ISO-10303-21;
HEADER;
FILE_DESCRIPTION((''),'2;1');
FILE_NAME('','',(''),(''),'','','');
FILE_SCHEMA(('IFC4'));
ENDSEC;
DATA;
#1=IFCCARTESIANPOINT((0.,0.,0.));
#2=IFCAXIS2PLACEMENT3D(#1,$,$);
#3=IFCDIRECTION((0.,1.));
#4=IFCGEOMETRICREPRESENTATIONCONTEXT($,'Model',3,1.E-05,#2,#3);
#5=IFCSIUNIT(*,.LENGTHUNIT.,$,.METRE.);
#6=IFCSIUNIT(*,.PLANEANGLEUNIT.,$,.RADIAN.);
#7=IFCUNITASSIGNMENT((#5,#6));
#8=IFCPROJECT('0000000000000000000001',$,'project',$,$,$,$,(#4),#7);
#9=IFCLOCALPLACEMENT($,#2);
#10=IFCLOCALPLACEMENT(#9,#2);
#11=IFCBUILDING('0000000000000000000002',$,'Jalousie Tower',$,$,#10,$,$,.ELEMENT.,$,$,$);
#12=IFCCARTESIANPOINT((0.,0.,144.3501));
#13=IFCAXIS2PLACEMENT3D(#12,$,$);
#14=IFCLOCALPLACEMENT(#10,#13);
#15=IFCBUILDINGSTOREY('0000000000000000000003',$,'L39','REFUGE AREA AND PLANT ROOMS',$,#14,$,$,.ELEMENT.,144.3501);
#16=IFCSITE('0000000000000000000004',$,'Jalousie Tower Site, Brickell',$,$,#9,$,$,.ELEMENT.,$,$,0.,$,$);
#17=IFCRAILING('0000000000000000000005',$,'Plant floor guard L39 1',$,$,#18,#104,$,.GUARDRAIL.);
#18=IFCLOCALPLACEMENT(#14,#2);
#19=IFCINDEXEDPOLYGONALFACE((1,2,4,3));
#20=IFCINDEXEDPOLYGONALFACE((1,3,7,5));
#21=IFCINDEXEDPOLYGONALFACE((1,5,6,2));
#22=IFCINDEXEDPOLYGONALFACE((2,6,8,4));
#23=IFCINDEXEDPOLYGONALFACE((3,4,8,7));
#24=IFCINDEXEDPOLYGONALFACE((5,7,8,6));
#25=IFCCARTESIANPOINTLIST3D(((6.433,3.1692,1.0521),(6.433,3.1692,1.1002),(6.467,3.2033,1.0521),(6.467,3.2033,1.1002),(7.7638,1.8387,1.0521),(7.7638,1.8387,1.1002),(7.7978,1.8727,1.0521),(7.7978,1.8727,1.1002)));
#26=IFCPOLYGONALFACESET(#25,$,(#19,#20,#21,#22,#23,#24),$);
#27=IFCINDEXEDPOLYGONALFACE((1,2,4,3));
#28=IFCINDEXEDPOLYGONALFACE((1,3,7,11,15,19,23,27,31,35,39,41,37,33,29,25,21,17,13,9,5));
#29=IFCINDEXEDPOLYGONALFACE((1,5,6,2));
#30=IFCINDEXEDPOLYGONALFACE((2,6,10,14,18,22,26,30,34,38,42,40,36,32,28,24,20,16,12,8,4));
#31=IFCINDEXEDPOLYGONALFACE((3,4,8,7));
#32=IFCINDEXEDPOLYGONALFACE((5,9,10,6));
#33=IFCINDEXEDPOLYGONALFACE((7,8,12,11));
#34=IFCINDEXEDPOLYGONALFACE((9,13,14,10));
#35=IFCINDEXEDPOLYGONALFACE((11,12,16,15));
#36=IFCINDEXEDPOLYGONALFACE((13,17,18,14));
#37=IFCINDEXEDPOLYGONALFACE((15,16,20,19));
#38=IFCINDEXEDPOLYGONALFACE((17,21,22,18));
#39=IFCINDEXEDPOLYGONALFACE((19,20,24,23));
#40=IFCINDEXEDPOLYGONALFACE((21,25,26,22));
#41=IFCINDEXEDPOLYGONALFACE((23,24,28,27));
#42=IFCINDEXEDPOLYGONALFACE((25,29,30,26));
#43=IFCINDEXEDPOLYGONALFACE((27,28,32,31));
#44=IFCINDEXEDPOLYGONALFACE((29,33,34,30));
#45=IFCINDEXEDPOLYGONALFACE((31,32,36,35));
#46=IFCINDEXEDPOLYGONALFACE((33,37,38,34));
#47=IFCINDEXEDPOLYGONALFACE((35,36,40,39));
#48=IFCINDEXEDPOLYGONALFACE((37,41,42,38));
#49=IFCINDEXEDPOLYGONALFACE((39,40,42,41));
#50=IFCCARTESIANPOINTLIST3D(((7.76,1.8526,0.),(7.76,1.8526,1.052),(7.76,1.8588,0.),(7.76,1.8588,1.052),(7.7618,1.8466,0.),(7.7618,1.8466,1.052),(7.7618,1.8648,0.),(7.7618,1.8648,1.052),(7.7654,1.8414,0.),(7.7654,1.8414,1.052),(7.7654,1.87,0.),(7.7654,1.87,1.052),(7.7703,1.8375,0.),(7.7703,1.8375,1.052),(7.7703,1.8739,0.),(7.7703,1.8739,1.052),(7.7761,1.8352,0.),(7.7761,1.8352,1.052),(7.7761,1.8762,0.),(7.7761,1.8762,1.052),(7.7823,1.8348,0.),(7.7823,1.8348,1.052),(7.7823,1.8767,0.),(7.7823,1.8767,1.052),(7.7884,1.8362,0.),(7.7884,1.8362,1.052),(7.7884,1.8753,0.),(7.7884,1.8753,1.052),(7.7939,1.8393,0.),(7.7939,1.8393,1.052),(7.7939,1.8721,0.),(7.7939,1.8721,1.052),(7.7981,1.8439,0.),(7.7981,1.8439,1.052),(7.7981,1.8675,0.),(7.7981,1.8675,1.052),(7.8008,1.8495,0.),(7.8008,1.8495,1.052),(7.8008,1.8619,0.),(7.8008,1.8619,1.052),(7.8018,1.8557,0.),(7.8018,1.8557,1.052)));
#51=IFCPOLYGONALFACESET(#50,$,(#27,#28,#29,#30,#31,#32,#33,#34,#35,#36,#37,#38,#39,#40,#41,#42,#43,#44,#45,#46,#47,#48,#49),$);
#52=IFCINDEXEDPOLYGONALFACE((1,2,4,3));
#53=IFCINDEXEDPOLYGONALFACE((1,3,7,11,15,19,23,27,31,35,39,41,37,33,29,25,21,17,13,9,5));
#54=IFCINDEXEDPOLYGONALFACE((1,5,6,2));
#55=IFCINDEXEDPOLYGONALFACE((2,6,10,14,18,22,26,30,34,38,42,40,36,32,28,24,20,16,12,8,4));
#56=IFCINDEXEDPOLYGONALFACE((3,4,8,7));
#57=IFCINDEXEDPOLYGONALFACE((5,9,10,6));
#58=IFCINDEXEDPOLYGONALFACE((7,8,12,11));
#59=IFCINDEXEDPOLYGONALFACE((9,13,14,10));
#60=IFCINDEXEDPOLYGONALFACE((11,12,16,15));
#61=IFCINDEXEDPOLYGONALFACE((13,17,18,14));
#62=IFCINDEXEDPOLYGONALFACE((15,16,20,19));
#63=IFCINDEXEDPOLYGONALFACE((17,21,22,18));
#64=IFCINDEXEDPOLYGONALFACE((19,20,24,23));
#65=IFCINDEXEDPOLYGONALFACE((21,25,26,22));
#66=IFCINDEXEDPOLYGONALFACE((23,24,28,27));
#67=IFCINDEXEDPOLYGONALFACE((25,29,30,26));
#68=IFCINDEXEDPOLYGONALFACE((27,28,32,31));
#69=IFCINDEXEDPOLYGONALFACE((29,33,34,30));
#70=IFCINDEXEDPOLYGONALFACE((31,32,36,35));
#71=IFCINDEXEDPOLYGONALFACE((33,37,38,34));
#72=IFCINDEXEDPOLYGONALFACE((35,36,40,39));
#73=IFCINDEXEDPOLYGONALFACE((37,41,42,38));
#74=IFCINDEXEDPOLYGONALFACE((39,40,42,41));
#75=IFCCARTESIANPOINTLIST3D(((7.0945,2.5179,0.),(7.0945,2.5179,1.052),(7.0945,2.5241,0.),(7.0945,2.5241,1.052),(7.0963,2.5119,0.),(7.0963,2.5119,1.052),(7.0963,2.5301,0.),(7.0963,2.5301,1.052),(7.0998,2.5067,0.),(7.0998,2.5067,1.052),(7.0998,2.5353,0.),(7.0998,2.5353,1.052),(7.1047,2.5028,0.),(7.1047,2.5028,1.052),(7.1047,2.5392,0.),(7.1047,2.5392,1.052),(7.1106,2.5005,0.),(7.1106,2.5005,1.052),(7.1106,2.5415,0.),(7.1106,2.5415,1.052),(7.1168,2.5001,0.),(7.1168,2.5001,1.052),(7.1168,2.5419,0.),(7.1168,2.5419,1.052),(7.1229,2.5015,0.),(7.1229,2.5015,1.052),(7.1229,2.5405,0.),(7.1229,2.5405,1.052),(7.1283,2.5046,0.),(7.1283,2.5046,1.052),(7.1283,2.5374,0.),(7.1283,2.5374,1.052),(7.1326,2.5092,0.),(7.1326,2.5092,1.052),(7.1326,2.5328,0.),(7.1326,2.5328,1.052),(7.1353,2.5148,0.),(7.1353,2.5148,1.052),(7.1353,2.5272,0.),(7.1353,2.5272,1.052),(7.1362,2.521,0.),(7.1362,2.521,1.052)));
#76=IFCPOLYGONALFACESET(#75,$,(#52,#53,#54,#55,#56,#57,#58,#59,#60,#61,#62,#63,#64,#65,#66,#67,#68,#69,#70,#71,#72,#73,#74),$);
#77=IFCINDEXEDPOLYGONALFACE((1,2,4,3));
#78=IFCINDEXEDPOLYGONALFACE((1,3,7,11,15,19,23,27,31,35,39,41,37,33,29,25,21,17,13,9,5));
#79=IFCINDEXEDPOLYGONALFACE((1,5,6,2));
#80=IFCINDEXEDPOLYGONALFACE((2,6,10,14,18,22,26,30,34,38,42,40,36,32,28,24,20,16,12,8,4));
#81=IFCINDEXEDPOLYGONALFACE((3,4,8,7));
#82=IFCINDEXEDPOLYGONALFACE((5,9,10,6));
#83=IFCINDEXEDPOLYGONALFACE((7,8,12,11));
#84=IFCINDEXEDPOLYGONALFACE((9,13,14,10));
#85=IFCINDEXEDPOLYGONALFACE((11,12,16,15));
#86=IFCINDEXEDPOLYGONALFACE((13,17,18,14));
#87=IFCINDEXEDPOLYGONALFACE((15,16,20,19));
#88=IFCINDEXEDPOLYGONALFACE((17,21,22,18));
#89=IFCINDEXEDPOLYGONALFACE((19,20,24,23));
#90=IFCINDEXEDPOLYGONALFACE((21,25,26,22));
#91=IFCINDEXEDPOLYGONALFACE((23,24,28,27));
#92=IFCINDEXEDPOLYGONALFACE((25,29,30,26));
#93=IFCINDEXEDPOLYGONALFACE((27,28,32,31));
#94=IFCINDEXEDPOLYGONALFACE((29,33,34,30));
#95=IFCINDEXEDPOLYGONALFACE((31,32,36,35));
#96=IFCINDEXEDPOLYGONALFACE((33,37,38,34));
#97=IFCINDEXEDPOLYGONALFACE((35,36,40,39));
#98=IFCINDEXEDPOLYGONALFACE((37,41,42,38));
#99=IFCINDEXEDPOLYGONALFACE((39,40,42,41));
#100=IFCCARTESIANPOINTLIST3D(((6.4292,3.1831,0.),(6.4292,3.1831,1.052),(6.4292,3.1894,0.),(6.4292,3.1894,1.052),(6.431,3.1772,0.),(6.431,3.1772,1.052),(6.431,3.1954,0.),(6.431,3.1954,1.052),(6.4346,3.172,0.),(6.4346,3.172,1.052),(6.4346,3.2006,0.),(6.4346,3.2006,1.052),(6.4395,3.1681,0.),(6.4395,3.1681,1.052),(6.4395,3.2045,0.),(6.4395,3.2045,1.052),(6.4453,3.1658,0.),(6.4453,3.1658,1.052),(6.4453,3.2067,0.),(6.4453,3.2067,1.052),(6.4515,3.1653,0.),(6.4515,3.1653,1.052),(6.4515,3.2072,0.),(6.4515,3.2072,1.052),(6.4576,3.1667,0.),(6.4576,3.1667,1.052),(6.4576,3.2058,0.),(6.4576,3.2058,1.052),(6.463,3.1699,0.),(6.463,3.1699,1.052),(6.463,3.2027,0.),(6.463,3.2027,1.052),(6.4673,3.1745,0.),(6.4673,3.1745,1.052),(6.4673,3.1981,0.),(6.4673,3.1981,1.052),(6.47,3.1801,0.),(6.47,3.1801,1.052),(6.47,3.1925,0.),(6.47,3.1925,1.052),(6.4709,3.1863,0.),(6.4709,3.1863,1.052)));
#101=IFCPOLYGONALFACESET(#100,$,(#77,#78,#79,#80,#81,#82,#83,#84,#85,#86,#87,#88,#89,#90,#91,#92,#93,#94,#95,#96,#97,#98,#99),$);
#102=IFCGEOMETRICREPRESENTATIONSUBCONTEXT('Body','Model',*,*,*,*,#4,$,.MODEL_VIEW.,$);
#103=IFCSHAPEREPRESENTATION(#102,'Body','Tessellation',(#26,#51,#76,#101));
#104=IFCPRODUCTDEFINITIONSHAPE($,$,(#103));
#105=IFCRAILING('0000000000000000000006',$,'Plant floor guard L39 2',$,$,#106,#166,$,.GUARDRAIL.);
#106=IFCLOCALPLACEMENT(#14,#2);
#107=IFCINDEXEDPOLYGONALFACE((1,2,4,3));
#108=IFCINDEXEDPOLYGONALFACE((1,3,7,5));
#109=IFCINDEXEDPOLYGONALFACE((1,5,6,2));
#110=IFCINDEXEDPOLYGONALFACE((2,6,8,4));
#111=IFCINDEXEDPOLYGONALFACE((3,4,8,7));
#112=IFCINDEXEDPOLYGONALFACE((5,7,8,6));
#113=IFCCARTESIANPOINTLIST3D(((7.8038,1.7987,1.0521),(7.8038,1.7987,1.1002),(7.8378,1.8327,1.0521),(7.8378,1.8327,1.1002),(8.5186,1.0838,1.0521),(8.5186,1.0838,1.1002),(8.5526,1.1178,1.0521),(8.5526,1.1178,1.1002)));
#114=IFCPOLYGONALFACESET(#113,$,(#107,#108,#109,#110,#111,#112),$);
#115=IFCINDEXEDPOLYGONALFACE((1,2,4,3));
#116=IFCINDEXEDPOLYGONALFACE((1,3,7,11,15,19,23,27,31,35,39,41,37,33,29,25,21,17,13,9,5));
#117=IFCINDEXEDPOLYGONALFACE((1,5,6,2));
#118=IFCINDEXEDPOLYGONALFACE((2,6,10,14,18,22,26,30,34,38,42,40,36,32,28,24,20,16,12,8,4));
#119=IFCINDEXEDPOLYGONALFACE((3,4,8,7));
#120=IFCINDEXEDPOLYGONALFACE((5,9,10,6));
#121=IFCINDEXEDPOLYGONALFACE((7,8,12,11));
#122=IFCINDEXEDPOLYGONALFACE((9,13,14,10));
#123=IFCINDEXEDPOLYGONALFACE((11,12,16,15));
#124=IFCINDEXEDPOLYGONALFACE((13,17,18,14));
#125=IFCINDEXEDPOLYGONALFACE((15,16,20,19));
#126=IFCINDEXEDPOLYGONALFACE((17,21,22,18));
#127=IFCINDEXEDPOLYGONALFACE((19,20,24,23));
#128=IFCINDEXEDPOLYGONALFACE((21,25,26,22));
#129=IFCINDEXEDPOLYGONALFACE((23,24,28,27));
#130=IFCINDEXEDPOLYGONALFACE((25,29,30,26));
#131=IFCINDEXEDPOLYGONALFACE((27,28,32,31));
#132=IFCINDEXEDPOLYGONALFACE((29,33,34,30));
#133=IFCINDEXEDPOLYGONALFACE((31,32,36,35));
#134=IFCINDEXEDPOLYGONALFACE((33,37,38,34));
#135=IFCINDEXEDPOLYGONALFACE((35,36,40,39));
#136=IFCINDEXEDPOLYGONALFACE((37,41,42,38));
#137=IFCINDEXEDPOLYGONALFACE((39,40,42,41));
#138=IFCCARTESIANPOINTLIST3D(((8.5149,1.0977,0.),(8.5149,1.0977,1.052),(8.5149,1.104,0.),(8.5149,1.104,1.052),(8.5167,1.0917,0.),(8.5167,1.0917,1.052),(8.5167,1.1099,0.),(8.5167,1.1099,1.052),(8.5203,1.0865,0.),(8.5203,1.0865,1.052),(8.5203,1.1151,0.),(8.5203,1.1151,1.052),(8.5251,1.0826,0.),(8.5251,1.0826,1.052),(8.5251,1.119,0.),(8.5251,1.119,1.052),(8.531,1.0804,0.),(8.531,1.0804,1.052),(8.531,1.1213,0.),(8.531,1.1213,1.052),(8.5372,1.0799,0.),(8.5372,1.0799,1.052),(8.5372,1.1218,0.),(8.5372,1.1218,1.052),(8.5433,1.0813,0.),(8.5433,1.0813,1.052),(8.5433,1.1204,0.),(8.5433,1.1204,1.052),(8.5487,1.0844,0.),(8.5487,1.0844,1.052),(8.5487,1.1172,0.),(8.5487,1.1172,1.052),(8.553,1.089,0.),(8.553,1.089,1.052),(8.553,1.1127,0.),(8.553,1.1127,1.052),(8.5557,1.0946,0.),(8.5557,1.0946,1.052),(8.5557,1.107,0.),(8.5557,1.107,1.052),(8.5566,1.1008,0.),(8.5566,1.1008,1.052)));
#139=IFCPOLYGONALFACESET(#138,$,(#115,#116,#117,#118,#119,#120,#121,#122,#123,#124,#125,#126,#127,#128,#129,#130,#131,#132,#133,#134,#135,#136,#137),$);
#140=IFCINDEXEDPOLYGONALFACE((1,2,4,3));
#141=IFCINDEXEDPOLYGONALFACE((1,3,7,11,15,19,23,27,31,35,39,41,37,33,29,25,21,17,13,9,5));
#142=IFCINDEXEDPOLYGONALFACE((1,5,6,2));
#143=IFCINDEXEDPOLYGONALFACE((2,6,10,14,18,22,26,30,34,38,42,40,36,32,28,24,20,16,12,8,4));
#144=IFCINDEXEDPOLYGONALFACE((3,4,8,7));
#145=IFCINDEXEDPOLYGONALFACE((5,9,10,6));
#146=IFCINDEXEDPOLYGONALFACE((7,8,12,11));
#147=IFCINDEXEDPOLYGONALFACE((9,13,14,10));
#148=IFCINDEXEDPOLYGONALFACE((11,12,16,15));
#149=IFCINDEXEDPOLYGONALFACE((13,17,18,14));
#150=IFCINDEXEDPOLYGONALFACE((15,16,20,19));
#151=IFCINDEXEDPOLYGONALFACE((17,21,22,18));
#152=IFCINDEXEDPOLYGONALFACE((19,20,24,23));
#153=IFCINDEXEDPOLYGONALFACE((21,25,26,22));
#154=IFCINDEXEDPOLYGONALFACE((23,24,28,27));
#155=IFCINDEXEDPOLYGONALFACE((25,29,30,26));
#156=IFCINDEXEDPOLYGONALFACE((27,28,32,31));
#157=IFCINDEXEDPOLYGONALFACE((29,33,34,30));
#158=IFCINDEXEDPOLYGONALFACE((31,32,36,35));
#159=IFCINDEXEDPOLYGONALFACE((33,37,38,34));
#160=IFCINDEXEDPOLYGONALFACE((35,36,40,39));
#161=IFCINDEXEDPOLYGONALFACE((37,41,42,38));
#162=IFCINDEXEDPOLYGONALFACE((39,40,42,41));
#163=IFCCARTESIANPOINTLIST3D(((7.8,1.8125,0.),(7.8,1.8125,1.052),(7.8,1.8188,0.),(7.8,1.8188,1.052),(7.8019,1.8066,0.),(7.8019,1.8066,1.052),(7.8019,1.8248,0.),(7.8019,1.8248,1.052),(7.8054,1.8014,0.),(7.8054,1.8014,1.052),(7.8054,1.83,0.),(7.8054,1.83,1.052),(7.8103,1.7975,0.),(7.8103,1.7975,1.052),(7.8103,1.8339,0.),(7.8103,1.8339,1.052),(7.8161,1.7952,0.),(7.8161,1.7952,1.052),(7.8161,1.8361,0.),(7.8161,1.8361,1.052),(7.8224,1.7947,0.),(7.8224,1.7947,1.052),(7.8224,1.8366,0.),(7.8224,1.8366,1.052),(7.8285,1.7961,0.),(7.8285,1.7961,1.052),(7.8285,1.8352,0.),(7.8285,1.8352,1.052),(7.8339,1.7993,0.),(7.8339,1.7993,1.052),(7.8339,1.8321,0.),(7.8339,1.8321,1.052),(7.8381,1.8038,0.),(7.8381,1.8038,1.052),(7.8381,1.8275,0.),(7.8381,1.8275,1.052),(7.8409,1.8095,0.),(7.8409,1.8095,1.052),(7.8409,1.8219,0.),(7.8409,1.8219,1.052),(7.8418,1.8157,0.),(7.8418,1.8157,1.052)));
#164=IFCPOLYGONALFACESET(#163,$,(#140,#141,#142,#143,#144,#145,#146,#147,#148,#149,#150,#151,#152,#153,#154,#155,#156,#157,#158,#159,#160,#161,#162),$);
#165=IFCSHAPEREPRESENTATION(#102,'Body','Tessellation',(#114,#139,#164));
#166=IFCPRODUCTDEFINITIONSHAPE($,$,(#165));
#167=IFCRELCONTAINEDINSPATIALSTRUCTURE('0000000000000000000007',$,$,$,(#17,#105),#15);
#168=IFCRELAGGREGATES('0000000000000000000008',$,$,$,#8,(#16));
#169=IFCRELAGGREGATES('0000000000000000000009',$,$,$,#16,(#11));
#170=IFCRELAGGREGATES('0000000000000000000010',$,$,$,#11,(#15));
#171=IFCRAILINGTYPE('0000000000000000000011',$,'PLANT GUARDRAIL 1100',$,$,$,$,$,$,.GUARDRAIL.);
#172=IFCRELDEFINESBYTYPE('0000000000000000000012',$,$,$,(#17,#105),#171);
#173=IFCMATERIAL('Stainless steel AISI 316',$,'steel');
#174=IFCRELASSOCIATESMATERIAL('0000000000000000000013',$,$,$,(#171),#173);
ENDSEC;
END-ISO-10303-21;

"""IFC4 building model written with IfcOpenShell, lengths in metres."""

from ifc_helpers import new_model, si_unit, direction, frame, origin, origin_2d, place, context, subcontext, project, spatial, rectangle, circle, extrude, material, type_object, element, save


model = new_model("IFC4")

# Units and contexts
model_context = context("Model", 3, precision=1e-05, world=origin(), true_north=direction((0.0, 1.0)))
body_context = subcontext(model_context, "Body", "Model", "MODEL_VIEW")
ifc_project = project(units=[si_unit("LENGTHUNIT", "METRE"), si_unit("PLANEANGLEUNIT", "RADIAN")], contexts=[model_context])

# Site, building, storey
site_placement = place(None, origin())
site = spatial("IfcSite", under=ifc_project, at=site_placement, Name="Jalousie Tower Site, Brickell", CompositionType="ELEMENT", RefElevation=0.0)
building_placement = place(site_placement, origin())
building = spatial("IfcBuilding", under=site, at=building_placement, Name="Jalousie Tower", CompositionType="ELEMENT")
storey_placement = place(building_placement, frame((0.0, 0.0, 144.3501)))
storey = spatial("IfcBuildingStorey", under=building, at=storey_placement, Name="L39", Description="REFUGE AREA AND PLANT ROOMS", CompositionType="ELEMENT", Elevation=144.3501)

# Railings
ifc_material_1 = material(Name="Stainless steel AISI 316", Category="steel")
railing_type = type_object("IfcRailingType", Name="PLANT GUARDRAIL 1100", PredefinedType="GUARDRAIL", material=ifc_material_1)
railing_1_placement = place(storey_placement, frame((7.7808, 1.8557, 0.0)))
element("IfcRailing", 1, at=railing_1_placement, inside=storey, type_object=railing_type, Name="Plant floor guard L39 1", PredefinedType="GUARDRAIL", context=body_context, shape_type="SweptSolid", body=[
    extrude(rectangle(XDim=0.0481, YDim=0.0481, at=origin_2d()), frame((0.0, 0.0, 1.0762), z_axis=(-0.707172, 0.707042, 0.0), x_axis=(-0.707042, -0.707172, 0.0)), (0.0, 0.0, 1.0), 1.8818),
    extrude(circle(Radius=0.021, at=origin_2d()), origin(), (0.0, 0.0, 1.0), 1.052),
    extrude(circle(Radius=0.021, at=origin_2d()), frame((-0.6655, 0.6653, 0.0)), (0.0, 0.0, 1.0), 1.052),
    extrude(circle(Radius=0.021, at=origin_2d()), frame((-1.3308, 1.3306, 0.0)), (0.0, 0.0, 1.0), 1.052),
])
railing_2_placement = place(storey_placement, frame((8.5356, 1.1008, 0.0)))
element("IfcRailing", 2, at=railing_2_placement, inside=storey, type_object=railing_type, Name="Plant floor guard L39 2", PredefinedType="GUARDRAIL", context=body_context, shape_type="SweptSolid", body=[
    extrude(rectangle(XDim=0.0481, YDim=0.0481, at=origin_2d()), frame((0.0, 0.0, 1.0762), z_axis=(-0.707107, 0.707107, 0.0), x_axis=(-0.707107, -0.707107, 0.0)), (0.0, 0.0, 1.0), 1.011),
    extrude(circle(Radius=0.021, at=origin_2d()), origin(), (0.0, 0.0, 1.0), 1.052),
    extrude(circle(Radius=0.021, at=origin_2d()), frame((-0.7148, 0.7148, 0.0)), (0.0, 0.0, 1.0), 1.052),
])

save(model, "model.ifc")
